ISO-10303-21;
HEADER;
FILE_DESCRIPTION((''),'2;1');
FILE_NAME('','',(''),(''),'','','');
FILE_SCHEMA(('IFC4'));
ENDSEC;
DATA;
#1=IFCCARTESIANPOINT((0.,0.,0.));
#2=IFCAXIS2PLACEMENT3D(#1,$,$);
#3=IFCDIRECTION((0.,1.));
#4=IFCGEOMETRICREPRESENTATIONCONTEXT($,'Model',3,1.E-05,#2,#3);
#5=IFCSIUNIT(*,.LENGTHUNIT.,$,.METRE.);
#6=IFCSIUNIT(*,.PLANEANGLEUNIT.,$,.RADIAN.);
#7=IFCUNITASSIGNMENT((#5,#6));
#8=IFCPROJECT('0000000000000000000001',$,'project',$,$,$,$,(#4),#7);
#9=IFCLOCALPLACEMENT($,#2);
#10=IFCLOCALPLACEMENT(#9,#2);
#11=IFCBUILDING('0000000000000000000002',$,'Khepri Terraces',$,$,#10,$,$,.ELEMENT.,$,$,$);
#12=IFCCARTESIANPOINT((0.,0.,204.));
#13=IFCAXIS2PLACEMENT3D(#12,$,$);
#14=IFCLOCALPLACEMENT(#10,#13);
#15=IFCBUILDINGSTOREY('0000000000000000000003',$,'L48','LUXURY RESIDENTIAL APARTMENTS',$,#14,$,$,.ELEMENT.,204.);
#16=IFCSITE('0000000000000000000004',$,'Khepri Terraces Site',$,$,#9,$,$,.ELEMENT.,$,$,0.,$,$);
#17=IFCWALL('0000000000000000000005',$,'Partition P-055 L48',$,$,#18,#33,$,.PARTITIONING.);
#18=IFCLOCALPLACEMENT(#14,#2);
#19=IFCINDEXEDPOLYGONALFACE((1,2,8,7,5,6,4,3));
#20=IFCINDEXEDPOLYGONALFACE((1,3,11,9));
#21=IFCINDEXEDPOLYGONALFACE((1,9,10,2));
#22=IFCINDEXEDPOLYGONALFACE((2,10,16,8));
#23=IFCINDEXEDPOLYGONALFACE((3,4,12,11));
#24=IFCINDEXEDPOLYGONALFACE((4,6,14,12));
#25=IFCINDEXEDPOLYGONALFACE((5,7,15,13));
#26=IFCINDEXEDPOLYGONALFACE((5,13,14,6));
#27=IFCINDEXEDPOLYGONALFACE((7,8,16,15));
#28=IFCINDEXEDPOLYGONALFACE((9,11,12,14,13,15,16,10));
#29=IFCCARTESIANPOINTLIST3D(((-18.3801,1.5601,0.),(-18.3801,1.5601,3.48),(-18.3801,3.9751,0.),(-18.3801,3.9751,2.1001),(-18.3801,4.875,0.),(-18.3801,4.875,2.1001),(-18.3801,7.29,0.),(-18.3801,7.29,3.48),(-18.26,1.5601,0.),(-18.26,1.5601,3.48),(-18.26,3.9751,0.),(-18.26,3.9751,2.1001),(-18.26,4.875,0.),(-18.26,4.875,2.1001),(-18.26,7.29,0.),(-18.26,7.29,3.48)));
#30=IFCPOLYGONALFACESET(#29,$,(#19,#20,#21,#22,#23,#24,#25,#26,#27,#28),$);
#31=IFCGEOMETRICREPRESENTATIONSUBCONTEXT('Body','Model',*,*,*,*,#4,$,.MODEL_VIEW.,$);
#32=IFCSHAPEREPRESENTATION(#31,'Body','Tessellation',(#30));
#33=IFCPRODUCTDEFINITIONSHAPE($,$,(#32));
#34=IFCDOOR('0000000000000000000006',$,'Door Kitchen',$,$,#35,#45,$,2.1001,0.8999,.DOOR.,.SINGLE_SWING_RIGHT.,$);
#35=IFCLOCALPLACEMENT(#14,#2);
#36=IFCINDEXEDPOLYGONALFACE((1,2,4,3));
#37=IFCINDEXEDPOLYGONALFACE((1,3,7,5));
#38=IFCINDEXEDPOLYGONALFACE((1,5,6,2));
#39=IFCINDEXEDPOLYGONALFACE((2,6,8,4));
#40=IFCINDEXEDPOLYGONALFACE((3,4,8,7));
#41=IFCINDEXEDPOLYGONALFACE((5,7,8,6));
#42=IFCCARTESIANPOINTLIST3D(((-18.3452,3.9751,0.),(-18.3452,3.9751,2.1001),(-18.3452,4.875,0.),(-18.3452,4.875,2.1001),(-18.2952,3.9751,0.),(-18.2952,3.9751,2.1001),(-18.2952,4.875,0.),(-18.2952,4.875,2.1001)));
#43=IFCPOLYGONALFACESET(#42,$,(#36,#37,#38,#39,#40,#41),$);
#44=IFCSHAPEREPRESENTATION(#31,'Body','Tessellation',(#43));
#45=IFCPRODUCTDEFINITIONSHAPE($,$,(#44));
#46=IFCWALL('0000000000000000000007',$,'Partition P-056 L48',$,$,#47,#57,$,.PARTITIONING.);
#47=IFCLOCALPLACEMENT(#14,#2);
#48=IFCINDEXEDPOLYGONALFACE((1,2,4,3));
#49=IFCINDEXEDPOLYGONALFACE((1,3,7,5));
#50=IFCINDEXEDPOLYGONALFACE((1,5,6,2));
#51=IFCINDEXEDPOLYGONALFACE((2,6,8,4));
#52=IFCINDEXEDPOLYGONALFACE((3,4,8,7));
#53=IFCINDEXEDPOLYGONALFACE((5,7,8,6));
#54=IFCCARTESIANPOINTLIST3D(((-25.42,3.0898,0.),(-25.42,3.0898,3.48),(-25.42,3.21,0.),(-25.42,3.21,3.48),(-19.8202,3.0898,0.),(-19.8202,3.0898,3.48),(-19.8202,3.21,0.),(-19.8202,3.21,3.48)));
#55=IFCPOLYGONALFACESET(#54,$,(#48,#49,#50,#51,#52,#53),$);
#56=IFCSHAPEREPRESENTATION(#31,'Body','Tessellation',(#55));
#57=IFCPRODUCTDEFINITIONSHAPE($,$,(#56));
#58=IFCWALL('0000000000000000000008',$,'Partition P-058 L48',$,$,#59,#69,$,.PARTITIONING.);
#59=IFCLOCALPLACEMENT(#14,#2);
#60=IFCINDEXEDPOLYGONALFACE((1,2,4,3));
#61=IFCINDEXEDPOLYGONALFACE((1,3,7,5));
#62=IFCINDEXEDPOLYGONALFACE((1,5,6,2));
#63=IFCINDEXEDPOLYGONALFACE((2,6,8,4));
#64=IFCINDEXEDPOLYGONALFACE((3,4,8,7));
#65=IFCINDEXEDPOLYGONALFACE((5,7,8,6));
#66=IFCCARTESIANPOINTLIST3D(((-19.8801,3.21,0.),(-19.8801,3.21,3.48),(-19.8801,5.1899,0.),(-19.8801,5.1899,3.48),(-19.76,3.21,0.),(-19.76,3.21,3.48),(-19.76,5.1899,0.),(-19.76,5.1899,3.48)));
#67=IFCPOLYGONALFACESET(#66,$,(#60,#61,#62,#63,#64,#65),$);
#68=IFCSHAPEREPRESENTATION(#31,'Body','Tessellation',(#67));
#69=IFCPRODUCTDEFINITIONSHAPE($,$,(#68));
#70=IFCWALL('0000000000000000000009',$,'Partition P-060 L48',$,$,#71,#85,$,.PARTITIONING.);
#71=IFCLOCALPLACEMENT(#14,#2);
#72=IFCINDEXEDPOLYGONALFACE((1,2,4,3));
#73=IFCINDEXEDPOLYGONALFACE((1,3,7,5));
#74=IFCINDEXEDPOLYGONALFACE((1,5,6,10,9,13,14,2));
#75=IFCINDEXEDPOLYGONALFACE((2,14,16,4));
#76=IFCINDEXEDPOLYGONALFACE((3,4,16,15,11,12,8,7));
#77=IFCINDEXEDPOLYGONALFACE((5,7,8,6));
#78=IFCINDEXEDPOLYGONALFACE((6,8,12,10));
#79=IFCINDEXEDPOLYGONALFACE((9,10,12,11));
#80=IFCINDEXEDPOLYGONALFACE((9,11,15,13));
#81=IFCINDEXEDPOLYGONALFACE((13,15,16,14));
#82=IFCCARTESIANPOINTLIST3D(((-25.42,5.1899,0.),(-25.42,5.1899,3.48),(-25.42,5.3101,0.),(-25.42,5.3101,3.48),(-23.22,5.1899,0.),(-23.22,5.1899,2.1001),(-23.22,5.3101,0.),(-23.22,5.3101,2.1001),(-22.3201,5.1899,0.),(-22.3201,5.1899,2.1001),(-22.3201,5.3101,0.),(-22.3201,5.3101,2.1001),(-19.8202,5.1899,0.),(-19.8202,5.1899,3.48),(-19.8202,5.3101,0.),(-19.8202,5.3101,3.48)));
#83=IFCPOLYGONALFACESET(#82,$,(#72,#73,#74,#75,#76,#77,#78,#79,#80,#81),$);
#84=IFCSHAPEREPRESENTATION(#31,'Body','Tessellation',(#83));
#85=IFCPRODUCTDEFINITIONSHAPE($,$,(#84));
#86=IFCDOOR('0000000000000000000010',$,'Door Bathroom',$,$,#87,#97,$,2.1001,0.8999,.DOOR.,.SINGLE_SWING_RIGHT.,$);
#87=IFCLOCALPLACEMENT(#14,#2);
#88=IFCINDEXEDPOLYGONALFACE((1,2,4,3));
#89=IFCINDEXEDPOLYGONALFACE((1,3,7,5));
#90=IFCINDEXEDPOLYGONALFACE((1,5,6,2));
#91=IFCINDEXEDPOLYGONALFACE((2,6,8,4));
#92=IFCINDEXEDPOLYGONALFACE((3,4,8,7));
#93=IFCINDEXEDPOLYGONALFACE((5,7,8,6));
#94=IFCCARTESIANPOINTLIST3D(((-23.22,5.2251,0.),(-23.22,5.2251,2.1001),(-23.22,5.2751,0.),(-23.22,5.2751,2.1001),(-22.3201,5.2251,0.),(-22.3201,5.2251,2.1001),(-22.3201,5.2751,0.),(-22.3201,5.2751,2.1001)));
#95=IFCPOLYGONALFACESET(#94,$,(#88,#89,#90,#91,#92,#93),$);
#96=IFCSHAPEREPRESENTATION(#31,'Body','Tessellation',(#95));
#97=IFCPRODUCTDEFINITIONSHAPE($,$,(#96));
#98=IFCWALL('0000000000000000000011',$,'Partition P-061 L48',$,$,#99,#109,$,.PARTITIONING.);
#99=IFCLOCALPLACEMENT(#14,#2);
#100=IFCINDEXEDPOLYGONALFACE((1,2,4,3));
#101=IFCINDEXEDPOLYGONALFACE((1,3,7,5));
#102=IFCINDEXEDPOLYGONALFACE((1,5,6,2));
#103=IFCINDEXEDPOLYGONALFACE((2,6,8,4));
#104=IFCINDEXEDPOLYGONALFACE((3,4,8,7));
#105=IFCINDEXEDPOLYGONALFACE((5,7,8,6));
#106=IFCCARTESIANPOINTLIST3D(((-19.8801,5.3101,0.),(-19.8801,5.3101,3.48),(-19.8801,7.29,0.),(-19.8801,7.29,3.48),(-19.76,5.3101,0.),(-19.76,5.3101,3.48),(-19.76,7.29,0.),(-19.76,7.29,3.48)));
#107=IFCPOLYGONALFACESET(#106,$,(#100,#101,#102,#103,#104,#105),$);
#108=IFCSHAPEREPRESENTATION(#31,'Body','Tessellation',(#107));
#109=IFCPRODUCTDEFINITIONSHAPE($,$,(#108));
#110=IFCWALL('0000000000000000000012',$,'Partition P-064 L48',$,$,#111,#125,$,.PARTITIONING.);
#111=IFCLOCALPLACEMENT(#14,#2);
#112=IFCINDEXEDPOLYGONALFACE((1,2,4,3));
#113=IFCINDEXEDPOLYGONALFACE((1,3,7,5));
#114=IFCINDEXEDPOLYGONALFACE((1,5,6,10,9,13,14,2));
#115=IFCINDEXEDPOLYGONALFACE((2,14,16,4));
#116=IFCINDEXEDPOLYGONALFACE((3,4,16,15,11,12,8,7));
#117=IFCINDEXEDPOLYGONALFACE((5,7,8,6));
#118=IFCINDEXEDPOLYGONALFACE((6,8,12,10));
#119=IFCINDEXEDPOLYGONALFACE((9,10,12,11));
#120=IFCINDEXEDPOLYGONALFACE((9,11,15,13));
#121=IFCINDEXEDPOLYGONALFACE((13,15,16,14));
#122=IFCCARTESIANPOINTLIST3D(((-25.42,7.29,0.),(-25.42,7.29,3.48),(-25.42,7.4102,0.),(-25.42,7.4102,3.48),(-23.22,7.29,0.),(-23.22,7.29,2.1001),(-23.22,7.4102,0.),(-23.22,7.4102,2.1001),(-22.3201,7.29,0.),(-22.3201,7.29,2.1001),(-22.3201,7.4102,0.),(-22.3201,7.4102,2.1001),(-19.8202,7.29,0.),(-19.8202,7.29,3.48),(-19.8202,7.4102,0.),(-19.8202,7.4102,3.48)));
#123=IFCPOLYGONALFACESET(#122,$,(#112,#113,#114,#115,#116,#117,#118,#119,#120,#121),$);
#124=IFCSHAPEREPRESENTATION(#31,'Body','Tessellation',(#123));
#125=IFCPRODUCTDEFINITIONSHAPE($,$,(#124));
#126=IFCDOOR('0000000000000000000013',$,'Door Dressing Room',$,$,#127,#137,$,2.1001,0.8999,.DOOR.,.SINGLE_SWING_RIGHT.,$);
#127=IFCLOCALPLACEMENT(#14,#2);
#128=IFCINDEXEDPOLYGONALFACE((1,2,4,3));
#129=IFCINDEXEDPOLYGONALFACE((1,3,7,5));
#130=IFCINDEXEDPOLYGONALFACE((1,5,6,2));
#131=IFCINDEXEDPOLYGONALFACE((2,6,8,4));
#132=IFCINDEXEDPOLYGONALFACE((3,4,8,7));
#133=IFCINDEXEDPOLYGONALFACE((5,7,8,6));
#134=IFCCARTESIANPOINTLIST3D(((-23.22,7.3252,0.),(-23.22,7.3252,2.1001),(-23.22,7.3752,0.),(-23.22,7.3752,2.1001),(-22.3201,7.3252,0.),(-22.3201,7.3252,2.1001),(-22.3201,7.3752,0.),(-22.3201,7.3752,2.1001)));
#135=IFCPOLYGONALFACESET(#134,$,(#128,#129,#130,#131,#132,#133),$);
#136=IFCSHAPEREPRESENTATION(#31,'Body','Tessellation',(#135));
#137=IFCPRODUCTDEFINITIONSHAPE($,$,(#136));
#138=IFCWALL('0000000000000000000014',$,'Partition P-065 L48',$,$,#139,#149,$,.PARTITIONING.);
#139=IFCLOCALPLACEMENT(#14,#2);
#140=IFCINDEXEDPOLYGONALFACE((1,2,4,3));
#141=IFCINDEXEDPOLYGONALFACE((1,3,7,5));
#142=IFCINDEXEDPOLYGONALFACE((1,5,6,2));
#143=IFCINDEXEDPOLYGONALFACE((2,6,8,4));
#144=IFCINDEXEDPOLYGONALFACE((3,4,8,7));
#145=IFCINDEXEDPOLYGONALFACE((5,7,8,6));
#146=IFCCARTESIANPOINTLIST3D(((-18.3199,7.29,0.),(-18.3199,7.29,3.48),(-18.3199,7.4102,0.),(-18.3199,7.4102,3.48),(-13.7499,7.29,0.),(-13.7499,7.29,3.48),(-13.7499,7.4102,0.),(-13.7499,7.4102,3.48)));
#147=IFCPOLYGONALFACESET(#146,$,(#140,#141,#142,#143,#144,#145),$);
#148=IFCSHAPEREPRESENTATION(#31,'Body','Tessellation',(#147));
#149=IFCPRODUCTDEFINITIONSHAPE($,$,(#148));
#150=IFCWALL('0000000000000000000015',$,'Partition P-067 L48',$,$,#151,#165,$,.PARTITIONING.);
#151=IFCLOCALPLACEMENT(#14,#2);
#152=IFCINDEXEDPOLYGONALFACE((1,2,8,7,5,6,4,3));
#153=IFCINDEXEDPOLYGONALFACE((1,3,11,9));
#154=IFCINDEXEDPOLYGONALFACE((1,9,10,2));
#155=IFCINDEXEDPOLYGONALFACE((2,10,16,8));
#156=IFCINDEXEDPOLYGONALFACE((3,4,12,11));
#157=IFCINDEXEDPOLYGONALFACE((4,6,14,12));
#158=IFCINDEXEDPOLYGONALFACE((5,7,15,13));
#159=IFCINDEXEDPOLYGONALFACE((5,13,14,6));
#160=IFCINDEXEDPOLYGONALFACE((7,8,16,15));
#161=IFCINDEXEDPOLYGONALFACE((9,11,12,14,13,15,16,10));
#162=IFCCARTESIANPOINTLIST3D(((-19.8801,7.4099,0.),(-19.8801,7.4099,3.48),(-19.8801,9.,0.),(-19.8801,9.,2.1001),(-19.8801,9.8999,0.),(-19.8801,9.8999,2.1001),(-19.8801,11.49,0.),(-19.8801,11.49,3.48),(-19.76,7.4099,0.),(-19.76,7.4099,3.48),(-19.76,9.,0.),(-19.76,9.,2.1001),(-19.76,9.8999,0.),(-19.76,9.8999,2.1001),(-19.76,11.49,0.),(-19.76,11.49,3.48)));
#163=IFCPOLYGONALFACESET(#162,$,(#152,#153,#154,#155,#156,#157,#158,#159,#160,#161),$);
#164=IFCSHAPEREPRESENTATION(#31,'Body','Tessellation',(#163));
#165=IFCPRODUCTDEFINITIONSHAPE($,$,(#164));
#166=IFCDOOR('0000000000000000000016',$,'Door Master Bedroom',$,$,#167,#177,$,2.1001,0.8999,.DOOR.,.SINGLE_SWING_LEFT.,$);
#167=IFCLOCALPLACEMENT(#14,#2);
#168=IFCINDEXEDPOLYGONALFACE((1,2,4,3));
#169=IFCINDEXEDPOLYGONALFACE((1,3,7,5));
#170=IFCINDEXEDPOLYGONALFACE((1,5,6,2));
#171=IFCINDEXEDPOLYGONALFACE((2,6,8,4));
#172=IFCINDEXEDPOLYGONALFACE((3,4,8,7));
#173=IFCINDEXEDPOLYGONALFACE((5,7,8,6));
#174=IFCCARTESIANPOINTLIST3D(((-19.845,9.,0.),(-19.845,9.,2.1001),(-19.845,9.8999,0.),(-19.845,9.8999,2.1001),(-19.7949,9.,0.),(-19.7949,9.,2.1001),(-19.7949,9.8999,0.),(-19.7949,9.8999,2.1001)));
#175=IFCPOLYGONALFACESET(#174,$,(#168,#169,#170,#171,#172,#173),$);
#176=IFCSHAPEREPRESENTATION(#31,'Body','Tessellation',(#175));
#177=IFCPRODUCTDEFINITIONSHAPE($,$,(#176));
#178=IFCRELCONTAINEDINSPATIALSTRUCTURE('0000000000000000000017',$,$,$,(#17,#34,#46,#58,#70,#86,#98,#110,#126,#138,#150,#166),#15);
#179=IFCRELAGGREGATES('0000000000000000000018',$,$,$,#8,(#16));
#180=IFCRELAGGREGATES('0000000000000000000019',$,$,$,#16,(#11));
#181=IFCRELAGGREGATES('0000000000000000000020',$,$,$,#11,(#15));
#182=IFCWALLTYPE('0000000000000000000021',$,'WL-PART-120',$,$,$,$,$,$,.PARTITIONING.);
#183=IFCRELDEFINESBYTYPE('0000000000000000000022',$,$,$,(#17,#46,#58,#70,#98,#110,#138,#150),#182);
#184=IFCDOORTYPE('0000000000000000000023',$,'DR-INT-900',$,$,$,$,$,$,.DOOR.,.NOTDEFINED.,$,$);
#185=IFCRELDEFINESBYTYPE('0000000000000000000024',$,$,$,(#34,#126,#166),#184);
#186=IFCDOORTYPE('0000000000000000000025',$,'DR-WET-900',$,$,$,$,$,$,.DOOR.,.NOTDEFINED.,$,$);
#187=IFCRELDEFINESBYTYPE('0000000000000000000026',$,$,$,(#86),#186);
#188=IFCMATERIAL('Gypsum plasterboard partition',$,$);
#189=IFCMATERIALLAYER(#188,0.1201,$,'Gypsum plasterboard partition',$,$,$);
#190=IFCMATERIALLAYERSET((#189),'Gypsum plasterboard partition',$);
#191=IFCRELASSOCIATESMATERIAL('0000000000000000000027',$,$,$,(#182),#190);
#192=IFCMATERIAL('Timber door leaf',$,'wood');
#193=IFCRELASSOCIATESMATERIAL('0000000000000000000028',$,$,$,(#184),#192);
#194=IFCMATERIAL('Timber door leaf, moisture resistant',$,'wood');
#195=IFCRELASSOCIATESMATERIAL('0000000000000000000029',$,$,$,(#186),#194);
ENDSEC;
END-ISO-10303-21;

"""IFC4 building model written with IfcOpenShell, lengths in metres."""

from ifc_helpers import new_model, si_unit, direction, frame, frame_2d, origin, place, context, subcontext, project, spatial, rectangle, extrude, material, layer, layer_set, type_object, element, fill, save


model = new_model("IFC4")

# Units and contexts
model_context = context("Model", 3, precision=1e-05, world=origin(), true_north=direction((0.0, 1.0)))
body_context = subcontext(model_context, "Body", "Model", "MODEL_VIEW")
ifc_project = project(units=[si_unit("LENGTHUNIT", "METRE"), si_unit("PLANEANGLEUNIT", "RADIAN")], contexts=[model_context])

# Site, building, storey
site_placement = place(None, origin())
site = spatial("IfcSite", under=ifc_project, at=site_placement, Name="Khepri Terraces Site", CompositionType="ELEMENT", RefElevation=0.0)
building_placement = place(site_placement, origin())
building = spatial("IfcBuilding", under=site, at=building_placement, Name="Khepri Terraces", CompositionType="ELEMENT")
storey_placement = place(building_placement, frame((0.0, 0.0, 204.0)))
storey = spatial("IfcBuildingStorey", under=building, at=storey_placement, Name="L48", Description="LUXURY RESIDENTIAL APARTMENTS", CompositionType="ELEMENT", Elevation=204.0)

# Shared definitions
ifc_material_1 = material(Name="Gypsum plasterboard partition")
ifc_layer_1 = layer(ifc_material_1, 0.1201, Name="Gypsum plasterboard partition")
ifc_layer_set_1 = layer_set([ifc_layer_1], Name="Gypsum plasterboard partition")
wall_type_1 = type_object("IfcWallType", Name="WL-PART-120", PredefinedType="PARTITIONING", material=ifc_layer_set_1)

# Wall, opening, door
wall_1_placement = place(storey_placement, frame((-18.3201, 1.5601, 0.0), z_axis=(0.0, 0.0, 1.0), x_axis=(0.0, 1.0, 0.0)))
wall_1 = element("IfcWall", 1, at=wall_1_placement, inside=storey, type_object=wall_type_1, Name="Partition P-055 L48", PredefinedType="PARTITIONING", context=body_context, shape_type="SweptSolid", body=[
    extrude(rectangle(XDim=5.73, YDim=0.1201, at=frame_2d((2.865, 0.0))), origin(), (0.0, 0.0, 1.0), 3.48),
])
opening_1_placement = place(wall_1_placement, frame((2.415, 0.0, 0.0)))
opening_1 = element("IfcOpeningElement", 2, at=opening_1_placement, cuts=wall_1, PredefinedType="OPENING", context=body_context, shape_type="SweptSolid", body=[
    extrude(rectangle(XDim=0.8999, YDim=2.1001, at=frame_2d((0.45, 1.05))), frame((0.0, 0.0701, 0.0), z_axis=(0.0, -1.0, 0.0), x_axis=(1.0, 0.0, 0.0)), (0.0, 0.0, 1.0), 0.1401),
])
ifc_material_2 = material(Name="Timber door leaf", Category="wood")
door_type_1 = type_object("IfcDoorType", Name="DR-INT-900", OperationType="NOTDEFINED", PredefinedType="DOOR", material=ifc_material_2)
door_1_placement = place(opening_1_placement, frame((0.8999, 0.0, 0.0), z_axis=(0.0, 0.0, 1.0), x_axis=(-1.0, 0.0, 0.0)))
door_1 = element("IfcDoor", 3, at=door_1_placement, inside=storey, type_object=door_type_1, Name="Door Kitchen", OperationType="SINGLE_SWING_RIGHT", OverallHeight=2.1001, OverallWidth=0.8999, PredefinedType="DOOR", context=body_context, shape_type="SweptSolid", body=[
    extrude(rectangle(XDim=0.8999, YDim=2.1001, at=frame_2d((0.45, 1.05))), frame((0.0, 0.0249, 0.0), z_axis=(0.0, -1.0, 0.0), x_axis=(1.0, 0.0, 0.0)), (0.0, 0.0, 1.0), 0.05),
])
fill(opening_1, door_1)

# Walls
wall_2_placement = place(storey_placement, frame((-25.4199, 3.1499, 0.0), z_axis=(0.0, 0.0, 1.0), x_axis=(1.0, 0.0, 0.0)))
element("IfcWall", 4, at=wall_2_placement, inside=storey, type_object=wall_type_1, Name="Partition P-056 L48", PredefinedType="PARTITIONING", context=body_context, shape_type="SweptSolid", body=[
    extrude(rectangle(XDim=5.5999, YDim=0.1201, at=frame_2d((2.7998, 0.0))), origin(), (0.0, 0.0, 1.0), 3.48),
])
wall_3_placement = place(storey_placement, frame((-19.8201, 3.21, 0.0), z_axis=(0.0, 0.0, 1.0), x_axis=(0.0, 1.0, 0.0)))
element("IfcWall", 5, at=wall_3_placement, inside=storey, type_object=wall_type_1, Name="Partition P-058 L48", PredefinedType="PARTITIONING", context=body_context, shape_type="SweptSolid", body=[
    extrude(rectangle(XDim=1.98, YDim=0.1201, at=frame_2d((0.99, 0.0))), origin(), (0.0, 0.0, 1.0), 3.48),
])

# Wall, opening, door
wall_4_placement = place(storey_placement, frame((-25.4199, 5.25, 0.0), z_axis=(0.0, 0.0, 1.0), x_axis=(1.0, 0.0, 0.0)))
wall_4 = element("IfcWall", 6, at=wall_4_placement, inside=storey, type_object=wall_type_1, Name="Partition P-060 L48", PredefinedType="PARTITIONING", context=body_context, shape_type="SweptSolid", body=[
    extrude(rectangle(XDim=5.5999, YDim=0.1201, at=frame_2d((2.7998, 0.0))), origin(), (0.0, 0.0, 1.0), 3.48),
])
opening_2_placement = place(wall_4_placement, frame((2.2, 0.0, 0.0)))
opening_2 = element("IfcOpeningElement", 7, at=opening_2_placement, cuts=wall_4, PredefinedType="OPENING", context=body_context, shape_type="SweptSolid", body=[
    extrude(rectangle(XDim=0.8999, YDim=2.1001, at=frame_2d((0.45, 1.05))), frame((0.0, 0.0701, 0.0), z_axis=(0.0, -1.0, 0.0), x_axis=(1.0, 0.0, 0.0)), (0.0, 0.0, 1.0), 0.1401),
])
ifc_material_3 = material(Name="Timber door leaf, moisture resistant", Category="wood")
door_type_2 = type_object("IfcDoorType", Name="DR-WET-900", OperationType="NOTDEFINED", PredefinedType="DOOR", material=ifc_material_3)
door_2_placement = place(opening_2_placement, frame((0.8999, 0.0, 0.0), z_axis=(0.0, 0.0, 1.0), x_axis=(-1.0, 0.0, 0.0)))
door_2 = element("IfcDoor", 8, at=door_2_placement, inside=storey, type_object=door_type_2, Name="Door Bathroom", OperationType="SINGLE_SWING_RIGHT", OverallHeight=2.1001, OverallWidth=0.8999, PredefinedType="DOOR", context=body_context, shape_type="SweptSolid", body=[
    extrude(rectangle(XDim=0.8999, YDim=2.1001, at=frame_2d((0.45, 1.05))), frame((0.0, 0.0249, 0.0), z_axis=(0.0, -1.0, 0.0), x_axis=(1.0, 0.0, 0.0)), (0.0, 0.0, 1.0), 0.05),
])
fill(opening_2, door_2)

# Wall
wall_5_placement = place(storey_placement, frame((-19.8201, 5.3101, 0.0), z_axis=(0.0, 0.0, 1.0), x_axis=(0.0, 1.0, 0.0)))
element("IfcWall", 9, at=wall_5_placement, inside=storey, type_object=wall_type_1, Name="Partition P-061 L48", PredefinedType="PARTITIONING", context=body_context, shape_type="SweptSolid", body=[
    extrude(rectangle(XDim=1.98, YDim=0.1201, at=frame_2d((0.99, 0.0))), origin(), (0.0, 0.0, 1.0), 3.48),
])

# Wall, opening, door
wall_6_placement = place(storey_placement, frame((-25.4199, 7.3501, 0.0), z_axis=(0.0, 0.0, 1.0), x_axis=(1.0, 0.0, 0.0)))
wall_6 = element("IfcWall", 10, at=wall_6_placement, inside=storey, type_object=wall_type_1, Name="Partition P-064 L48", PredefinedType="PARTITIONING", context=body_context, shape_type="SweptSolid", body=[
    extrude(rectangle(XDim=5.5999, YDim=0.1201, at=frame_2d((2.7998, 0.0))), origin(), (0.0, 0.0, 1.0), 3.48),
])
opening_3_placement = place(wall_6_placement, frame((2.2, 0.0, 0.0)))
opening_3 = element("IfcOpeningElement", 11, at=opening_3_placement, cuts=wall_6, PredefinedType="OPENING", context=body_context, shape_type="SweptSolid", body=[
    extrude(rectangle(XDim=0.8999, YDim=2.1001, at=frame_2d((0.45, 1.05))), frame((0.0, 0.0701, 0.0), z_axis=(0.0, -1.0, 0.0), x_axis=(1.0, 0.0, 0.0)), (0.0, 0.0, 1.0), 0.1401),
])
door_3_placement = place(opening_3_placement, frame((0.8999, 0.0, 0.0), z_axis=(0.0, 0.0, 1.0), x_axis=(-1.0, 0.0, 0.0)))
door_3 = element("IfcDoor", 12, at=door_3_placement, inside=storey, type_object=door_type_1, Name="Door Dressing Room", OperationType="SINGLE_SWING_RIGHT", OverallHeight=2.1001, OverallWidth=0.8999, PredefinedType="DOOR", context=body_context, shape_type="SweptSolid", body=[
    extrude(rectangle(XDim=0.8999, YDim=2.1001, at=frame_2d((0.45, 1.05))), frame((0.0, 0.0249, 0.0), z_axis=(0.0, -1.0, 0.0), x_axis=(1.0, 0.0, 0.0)), (0.0, 0.0, 1.0), 0.05),
])
fill(opening_3, door_3)

# Wall
wall_7_placement = place(storey_placement, frame((-18.3201, 7.3501, 0.0), z_axis=(0.0, 0.0, 1.0), x_axis=(1.0, 0.0, 0.0)))
element("IfcWall", 13, at=wall_7_placement, inside=storey, type_object=wall_type_1, Name="Partition P-065 L48", PredefinedType="PARTITIONING", context=body_context, shape_type="SweptSolid", body=[
    extrude(rectangle(XDim=4.5701, YDim=0.1201, at=frame_2d((2.2852, 0.0))), origin(), (0.0, 0.0, 1.0), 3.48),
])

# Wall, opening, door
wall_8_placement = place(storey_placement, frame((-19.8201, 7.4099, 0.0), z_axis=(0.0, 0.0, 1.0), x_axis=(0.0, 1.0, 0.0)))
wall_8 = element("IfcWall", 14, at=wall_8_placement, inside=storey, type_object=wall_type_1, Name="Partition P-067 L48", PredefinedType="PARTITIONING", context=body_context, shape_type="SweptSolid", body=[
    extrude(rectangle(XDim=4.0801, YDim=0.1201, at=frame_2d((2.04, 0.0))), origin(), (0.0, 0.0, 1.0), 3.48),
])
opening_4_placement = place(wall_8_placement, frame((1.5901, 0.0, 0.0)))
opening_4 = element("IfcOpeningElement", 15, at=opening_4_placement, cuts=wall_8, PredefinedType="OPENING", context=body_context, shape_type="SweptSolid", body=[
    extrude(rectangle(XDim=0.8999, YDim=2.1001, at=frame_2d((0.45, 1.05))), frame((0.0, 0.0701, 0.0), z_axis=(0.0, -1.0, 0.0), x_axis=(1.0, 0.0, 0.0)), (0.0, 0.0, 1.0), 0.1401),
])
door_4_placement = place(opening_4_placement, origin())
door_4 = element("IfcDoor", 16, at=door_4_placement, inside=storey, type_object=door_type_1, Name="Door Master Bedroom", OperationType="SINGLE_SWING_LEFT", OverallHeight=2.1001, OverallWidth=0.8999, PredefinedType="DOOR", context=body_context, shape_type="SweptSolid", body=[
    extrude(rectangle(XDim=0.8999, YDim=2.1001, at=frame_2d((0.45, 1.05))), frame((0.0, 0.0249, 0.0), z_axis=(0.0, -1.0, 0.0), x_axis=(1.0, 0.0, 0.0)), (0.0, 0.0, 1.0), 0.05),
])
fill(opening_4, door_4)

save(model, "model.ifc")
